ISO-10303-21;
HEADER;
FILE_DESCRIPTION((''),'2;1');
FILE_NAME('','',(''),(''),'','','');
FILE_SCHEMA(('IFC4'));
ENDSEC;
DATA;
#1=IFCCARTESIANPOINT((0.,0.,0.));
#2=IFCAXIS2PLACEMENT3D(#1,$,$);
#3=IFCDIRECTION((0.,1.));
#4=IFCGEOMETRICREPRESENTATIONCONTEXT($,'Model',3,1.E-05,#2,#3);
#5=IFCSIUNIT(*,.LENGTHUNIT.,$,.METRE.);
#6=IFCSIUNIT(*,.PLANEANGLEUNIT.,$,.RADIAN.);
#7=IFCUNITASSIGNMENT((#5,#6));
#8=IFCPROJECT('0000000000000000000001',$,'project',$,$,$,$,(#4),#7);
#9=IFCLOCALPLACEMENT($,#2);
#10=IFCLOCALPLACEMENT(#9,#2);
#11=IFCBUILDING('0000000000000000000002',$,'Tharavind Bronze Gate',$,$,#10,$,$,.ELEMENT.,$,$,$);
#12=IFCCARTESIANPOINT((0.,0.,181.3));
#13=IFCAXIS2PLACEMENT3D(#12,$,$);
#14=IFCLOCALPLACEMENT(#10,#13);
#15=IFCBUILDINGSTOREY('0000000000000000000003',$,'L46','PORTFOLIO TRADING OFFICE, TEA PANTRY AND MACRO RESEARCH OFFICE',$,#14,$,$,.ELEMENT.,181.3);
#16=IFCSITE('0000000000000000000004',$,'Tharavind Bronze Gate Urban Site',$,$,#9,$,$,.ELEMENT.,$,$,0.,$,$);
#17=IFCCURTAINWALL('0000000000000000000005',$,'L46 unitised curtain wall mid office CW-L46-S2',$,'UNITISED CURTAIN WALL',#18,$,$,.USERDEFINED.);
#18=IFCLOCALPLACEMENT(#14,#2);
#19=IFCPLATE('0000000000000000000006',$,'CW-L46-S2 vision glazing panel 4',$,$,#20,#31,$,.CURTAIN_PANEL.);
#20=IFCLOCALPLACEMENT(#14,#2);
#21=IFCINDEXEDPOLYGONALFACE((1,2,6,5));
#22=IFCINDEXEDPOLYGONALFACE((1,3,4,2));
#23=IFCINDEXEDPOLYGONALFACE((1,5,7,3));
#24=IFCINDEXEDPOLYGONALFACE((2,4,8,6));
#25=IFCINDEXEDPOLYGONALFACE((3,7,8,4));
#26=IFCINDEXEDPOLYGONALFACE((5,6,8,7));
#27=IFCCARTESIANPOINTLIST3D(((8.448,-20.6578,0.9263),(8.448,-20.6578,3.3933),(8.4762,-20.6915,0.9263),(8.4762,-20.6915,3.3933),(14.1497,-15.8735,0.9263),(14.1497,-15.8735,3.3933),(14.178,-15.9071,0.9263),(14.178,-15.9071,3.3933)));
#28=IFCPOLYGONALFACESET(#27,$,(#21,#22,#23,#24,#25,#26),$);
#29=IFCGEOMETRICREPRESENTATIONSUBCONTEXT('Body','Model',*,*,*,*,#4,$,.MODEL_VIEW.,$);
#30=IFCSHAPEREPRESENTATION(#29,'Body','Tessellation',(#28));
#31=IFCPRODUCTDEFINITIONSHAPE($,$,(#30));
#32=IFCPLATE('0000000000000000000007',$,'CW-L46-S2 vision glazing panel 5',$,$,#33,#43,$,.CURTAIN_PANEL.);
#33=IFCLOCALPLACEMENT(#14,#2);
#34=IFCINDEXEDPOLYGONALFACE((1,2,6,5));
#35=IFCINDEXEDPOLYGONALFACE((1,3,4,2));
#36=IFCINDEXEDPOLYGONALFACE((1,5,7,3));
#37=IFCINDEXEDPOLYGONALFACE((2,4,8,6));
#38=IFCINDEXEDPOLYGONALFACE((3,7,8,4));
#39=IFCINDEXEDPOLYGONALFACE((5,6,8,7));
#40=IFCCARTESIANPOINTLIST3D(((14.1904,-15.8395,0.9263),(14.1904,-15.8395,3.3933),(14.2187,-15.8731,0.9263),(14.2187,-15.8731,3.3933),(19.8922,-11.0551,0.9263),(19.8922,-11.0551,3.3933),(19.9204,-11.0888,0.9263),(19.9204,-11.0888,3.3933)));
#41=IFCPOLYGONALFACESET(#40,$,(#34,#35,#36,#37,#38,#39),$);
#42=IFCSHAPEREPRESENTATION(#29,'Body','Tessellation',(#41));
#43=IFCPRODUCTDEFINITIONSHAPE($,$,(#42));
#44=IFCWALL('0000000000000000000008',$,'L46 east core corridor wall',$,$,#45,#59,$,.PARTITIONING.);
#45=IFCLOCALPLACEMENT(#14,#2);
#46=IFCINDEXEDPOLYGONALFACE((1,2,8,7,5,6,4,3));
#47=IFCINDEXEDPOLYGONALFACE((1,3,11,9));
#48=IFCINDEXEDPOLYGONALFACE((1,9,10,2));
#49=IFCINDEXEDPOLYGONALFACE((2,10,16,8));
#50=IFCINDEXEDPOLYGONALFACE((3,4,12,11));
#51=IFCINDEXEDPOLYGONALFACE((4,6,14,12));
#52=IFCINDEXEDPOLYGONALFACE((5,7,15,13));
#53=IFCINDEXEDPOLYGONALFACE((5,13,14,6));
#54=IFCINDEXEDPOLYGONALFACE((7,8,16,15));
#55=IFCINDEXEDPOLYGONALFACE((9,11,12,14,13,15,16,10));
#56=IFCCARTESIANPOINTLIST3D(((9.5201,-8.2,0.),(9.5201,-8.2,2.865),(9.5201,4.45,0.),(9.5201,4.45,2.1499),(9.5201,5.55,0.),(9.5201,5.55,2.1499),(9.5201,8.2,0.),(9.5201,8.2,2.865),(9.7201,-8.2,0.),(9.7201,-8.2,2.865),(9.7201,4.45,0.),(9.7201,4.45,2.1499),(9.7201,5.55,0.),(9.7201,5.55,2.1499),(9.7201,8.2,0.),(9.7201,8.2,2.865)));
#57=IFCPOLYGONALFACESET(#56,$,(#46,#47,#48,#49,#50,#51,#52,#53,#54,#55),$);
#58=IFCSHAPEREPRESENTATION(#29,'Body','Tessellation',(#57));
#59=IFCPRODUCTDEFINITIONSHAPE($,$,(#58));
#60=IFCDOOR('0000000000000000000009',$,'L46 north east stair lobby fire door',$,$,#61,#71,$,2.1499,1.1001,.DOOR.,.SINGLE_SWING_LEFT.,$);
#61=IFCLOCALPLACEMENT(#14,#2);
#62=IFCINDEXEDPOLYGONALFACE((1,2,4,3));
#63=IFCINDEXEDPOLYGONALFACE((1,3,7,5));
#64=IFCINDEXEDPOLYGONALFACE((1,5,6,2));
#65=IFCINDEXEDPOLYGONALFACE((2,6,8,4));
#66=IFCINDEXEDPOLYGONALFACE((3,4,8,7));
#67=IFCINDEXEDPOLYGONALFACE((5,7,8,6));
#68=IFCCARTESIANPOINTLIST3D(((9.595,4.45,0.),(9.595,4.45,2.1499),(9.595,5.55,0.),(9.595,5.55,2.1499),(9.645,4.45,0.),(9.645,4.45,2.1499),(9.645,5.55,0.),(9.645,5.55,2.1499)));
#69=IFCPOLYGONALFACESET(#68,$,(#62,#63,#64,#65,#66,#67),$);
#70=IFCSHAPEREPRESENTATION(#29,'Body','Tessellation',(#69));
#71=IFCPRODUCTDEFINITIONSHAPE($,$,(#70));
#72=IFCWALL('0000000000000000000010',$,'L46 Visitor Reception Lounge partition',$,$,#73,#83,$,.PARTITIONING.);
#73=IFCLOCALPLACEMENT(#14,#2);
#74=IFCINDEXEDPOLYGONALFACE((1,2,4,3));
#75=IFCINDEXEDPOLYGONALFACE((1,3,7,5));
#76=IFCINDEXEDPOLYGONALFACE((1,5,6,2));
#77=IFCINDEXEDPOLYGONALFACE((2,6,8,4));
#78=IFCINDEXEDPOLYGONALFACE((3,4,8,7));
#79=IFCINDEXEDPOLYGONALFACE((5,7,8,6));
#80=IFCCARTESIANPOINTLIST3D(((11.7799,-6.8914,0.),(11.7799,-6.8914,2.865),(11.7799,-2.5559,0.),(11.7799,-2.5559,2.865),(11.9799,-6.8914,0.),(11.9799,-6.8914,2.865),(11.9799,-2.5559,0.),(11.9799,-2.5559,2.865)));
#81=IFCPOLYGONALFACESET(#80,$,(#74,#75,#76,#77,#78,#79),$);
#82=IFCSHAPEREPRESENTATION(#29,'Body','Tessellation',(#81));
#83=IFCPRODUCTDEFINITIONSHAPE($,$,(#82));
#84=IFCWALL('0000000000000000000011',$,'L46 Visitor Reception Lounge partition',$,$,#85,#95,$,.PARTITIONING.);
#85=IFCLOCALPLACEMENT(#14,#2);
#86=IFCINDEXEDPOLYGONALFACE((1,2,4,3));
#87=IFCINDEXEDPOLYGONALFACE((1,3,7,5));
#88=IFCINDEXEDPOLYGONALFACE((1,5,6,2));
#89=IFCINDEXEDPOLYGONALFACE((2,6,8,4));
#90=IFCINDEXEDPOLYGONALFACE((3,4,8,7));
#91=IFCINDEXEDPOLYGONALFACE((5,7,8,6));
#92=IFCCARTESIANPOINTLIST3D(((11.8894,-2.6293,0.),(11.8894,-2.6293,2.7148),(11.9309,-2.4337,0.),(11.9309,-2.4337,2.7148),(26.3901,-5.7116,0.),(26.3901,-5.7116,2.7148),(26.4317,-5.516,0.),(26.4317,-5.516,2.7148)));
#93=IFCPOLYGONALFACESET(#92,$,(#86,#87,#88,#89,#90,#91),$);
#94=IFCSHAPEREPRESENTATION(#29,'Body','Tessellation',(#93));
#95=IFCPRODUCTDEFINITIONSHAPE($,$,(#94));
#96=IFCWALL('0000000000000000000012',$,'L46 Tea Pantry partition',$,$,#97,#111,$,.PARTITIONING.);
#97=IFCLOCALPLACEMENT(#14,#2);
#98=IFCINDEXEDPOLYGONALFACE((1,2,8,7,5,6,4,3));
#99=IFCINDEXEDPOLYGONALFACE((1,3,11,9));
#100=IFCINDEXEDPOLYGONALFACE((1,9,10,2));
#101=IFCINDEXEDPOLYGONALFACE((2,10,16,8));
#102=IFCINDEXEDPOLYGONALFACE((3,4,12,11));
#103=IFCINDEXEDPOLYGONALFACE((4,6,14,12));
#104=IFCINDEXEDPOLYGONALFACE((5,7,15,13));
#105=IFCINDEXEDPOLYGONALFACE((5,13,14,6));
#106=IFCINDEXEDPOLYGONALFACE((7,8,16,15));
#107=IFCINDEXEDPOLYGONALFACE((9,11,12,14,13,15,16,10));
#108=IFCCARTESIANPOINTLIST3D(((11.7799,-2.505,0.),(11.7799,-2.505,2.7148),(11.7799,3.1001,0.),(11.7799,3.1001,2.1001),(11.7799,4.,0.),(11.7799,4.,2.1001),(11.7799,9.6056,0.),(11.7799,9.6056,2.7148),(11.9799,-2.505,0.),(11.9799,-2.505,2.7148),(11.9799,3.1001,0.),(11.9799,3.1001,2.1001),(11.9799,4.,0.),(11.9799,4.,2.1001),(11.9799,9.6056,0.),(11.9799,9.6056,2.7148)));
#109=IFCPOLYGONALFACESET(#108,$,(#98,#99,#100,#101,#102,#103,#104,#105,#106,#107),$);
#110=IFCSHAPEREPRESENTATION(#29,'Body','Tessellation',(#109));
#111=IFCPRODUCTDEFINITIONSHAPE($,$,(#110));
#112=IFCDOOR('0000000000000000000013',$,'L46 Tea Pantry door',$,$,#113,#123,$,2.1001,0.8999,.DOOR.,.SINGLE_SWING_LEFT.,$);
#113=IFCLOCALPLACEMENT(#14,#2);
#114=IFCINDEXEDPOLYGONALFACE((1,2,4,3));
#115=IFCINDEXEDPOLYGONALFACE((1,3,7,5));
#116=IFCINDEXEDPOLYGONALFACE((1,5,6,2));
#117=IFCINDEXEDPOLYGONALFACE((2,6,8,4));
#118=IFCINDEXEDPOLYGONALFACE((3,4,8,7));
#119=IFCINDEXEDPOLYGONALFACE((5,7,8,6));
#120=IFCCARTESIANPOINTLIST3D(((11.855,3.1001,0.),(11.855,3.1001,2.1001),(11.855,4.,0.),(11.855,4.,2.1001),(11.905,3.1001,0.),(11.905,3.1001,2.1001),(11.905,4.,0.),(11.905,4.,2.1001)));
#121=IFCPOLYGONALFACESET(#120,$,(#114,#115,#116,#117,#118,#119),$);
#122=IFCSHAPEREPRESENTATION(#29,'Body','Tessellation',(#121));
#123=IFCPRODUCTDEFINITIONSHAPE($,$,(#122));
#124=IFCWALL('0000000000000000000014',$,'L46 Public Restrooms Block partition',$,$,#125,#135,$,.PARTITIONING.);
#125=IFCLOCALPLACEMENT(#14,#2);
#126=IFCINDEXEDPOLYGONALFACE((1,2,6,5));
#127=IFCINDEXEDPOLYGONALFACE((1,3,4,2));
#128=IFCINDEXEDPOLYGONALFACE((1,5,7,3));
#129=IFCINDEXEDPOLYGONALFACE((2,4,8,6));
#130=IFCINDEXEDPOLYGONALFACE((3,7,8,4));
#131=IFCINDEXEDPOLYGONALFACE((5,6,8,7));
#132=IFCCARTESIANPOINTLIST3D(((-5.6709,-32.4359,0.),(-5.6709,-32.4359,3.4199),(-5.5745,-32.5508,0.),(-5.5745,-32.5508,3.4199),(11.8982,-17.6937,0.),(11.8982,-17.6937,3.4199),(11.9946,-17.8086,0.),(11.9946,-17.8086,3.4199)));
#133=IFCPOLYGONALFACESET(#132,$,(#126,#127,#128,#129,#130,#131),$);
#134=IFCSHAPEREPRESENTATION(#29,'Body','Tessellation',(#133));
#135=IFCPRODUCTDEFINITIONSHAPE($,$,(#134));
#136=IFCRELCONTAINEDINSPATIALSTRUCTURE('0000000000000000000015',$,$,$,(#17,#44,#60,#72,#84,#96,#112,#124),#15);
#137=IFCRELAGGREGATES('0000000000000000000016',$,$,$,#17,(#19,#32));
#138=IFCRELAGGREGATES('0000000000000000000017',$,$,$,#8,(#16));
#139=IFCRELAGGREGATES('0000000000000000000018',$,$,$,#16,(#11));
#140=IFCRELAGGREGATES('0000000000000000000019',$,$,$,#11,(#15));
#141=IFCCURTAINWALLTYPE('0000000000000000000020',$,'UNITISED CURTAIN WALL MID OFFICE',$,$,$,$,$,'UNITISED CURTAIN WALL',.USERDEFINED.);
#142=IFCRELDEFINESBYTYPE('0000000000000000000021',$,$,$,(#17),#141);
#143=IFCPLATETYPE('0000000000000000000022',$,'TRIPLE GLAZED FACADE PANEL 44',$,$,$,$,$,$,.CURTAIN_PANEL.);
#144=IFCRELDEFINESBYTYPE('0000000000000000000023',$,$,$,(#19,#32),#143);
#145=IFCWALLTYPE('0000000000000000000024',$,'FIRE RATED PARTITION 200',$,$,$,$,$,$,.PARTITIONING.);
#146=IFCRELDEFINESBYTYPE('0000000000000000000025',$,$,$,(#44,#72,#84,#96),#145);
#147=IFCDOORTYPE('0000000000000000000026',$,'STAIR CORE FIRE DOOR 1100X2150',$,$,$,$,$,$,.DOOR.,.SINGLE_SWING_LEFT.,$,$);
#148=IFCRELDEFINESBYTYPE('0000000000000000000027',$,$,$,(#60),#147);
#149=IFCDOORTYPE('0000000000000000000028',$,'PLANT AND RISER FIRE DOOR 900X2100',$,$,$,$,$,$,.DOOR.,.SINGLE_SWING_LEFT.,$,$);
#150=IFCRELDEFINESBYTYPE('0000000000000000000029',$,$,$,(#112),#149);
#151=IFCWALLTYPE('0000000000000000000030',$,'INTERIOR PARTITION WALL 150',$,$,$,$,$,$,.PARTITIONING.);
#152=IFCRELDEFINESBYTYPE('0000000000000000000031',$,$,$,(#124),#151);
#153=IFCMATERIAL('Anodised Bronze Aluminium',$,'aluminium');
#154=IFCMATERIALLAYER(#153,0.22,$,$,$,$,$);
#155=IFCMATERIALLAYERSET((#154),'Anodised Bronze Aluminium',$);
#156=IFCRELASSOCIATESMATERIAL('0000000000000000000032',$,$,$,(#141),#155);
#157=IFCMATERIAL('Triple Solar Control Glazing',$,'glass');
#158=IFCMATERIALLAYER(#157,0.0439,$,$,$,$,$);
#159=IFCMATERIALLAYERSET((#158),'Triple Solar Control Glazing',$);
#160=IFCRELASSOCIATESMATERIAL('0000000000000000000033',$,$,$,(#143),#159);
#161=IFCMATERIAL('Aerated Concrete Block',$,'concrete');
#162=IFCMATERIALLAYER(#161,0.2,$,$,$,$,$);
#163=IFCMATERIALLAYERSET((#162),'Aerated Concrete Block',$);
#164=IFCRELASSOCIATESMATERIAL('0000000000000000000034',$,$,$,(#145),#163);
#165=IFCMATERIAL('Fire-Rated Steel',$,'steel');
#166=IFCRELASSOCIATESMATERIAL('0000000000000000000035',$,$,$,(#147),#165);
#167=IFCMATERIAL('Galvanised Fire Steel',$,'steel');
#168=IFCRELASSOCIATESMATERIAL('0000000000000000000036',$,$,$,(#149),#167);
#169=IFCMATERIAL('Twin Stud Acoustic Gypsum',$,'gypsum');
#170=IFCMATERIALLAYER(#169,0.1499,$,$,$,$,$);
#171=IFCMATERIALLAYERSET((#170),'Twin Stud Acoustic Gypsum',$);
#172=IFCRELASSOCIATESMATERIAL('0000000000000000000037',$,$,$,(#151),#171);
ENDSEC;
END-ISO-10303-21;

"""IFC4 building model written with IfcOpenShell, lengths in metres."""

from ifc_helpers import new_model, si_unit, direction, frame, frame_2d, origin, origin_2d, place, context, subcontext, project, spatial, rectangle, extrude, material, layer, layer_set, type_object, element, fill, aggregate, save


model = new_model("IFC4")

# Units and contexts
model_context = context("Model", 3, precision=1e-05, world=origin(), true_north=direction((0.0, 1.0)))
body_context = subcontext(model_context, "Body", "Model", "MODEL_VIEW")
ifc_project = project(units=[si_unit("LENGTHUNIT", "METRE"), si_unit("PLANEANGLEUNIT", "RADIAN")], contexts=[model_context])

# Site, building, storey
site_placement = place(None, origin())
site = spatial("IfcSite", under=ifc_project, at=site_placement, Name="Tharavind Bronze Gate Urban Site", CompositionType="ELEMENT", RefElevation=0.0)
building_placement = place(site_placement, origin())
building = spatial("IfcBuilding", under=site, at=building_placement, Name="Tharavind Bronze Gate", CompositionType="ELEMENT")
storey_placement = place(building_placement, frame((0.0, 0.0, 181.3)))
storey = spatial("IfcBuildingStorey", under=building, at=storey_placement, Name="L46", Description="PORTFOLIO TRADING OFFICE, TEA PANTRY AND MACRO RESEARCH OFFICE", CompositionType="ELEMENT", Elevation=181.3)

# Curtain wall
ifc_material_1 = material(Name="Anodised Bronze Aluminium", Category="aluminium")
ifc_layer_1 = layer(ifc_material_1, 0.22)
ifc_layer_set_1 = layer_set([ifc_layer_1], Name="Anodised Bronze Aluminium")
curtain_wall_type = type_object("IfcCurtainWallType", Name="UNITISED CURTAIN WALL MID OFFICE", ElementType="UNITISED CURTAIN WALL", PredefinedType="USERDEFINED", material=ifc_layer_set_1)
curtain_wall_placement = place(storey_placement, origin())
curtain_wall = element("IfcCurtainWall", 1, at=curtain_wall_placement, inside=storey, type_object=curtain_wall_type, Name="L46 unitised curtain wall mid office CW-L46-S2", ObjectType="UNITISED CURTAIN WALL", PredefinedType="USERDEFINED")

# Plates
ifc_material_2 = material(Name="Triple Solar Control Glazing", Category="glass")
ifc_layer_2 = layer(ifc_material_2, 0.0439)
ifc_layer_set_2 = layer_set([ifc_layer_2], Name="Triple Solar Control Glazing")
plate_type_1 = type_object("IfcPlateType", Name="TRIPLE GLAZED FACADE PANEL 44", PredefinedType="CURTAIN_PANEL", material=ifc_layer_set_2)
plate_1_placement = place(storey_placement, frame((11.313, -18.2825, 0.9263), z_axis=(0.0, 0.0, 1.0), x_axis=(0.766043, 0.642789, 0.0)))
plate_1 = element("IfcPlate", 2, at=plate_1_placement, type_object=plate_type_1, Name="CW-L46-S2 vision glazing panel 4", PredefinedType="CURTAIN_PANEL", context=body_context, shape_type="SweptSolid", body=[
    extrude(rectangle(XDim=7.4431, YDim=0.0439, at=origin_2d()), origin(), (0.0, 0.0, 1.0), 2.467),
])
plate_2_placement = place(storey_placement, frame((17.0554, -13.4641, 0.9263), z_axis=(0.0, 0.0, 1.0), x_axis=(0.766043, 0.642789, 0.0)))
plate_2 = element("IfcPlate", 3, at=plate_2_placement, type_object=plate_type_1, Name="CW-L46-S2 vision glazing panel 5", PredefinedType="CURTAIN_PANEL", context=body_context, shape_type="SweptSolid", body=[
    extrude(rectangle(XDim=7.4431, YDim=0.0439, at=origin_2d()), origin(), (0.0, 0.0, 1.0), 2.467),
])
aggregate(curtain_wall, [plate_1, plate_2])

# Wall, opening, door
ifc_material_3 = material(Name="Aerated Concrete Block", Category="concrete")
ifc_layer_3 = layer(ifc_material_3, 0.2)
ifc_layer_set_3 = layer_set([ifc_layer_3], Name="Aerated Concrete Block")
wall_type_1 = type_object("IfcWallType", Name="FIRE RATED PARTITION 200", PredefinedType="PARTITIONING", material=ifc_layer_set_3)
wall_1_placement = place(storey_placement, frame((9.6201, -8.2, 0.0), z_axis=(0.0, 0.0, 1.0), x_axis=(0.0, 1.0, 0.0)))
wall_1 = element("IfcWall", 4, at=wall_1_placement, inside=storey, type_object=wall_type_1, Name="L46 east core corridor wall", PredefinedType="PARTITIONING", context=body_context, shape_type="SweptSolid", body=[
    extrude(rectangle(XDim=16.3999, YDim=0.2, at=frame_2d((8.2, 0.0))), origin(), (0.0, 0.0, 1.0), 2.865),
])
opening_1_placement = place(wall_1_placement, frame((12.6499, 0.0, 0.0)))
opening_1 = element("IfcOpeningElement", 5, at=opening_1_placement, cuts=wall_1, PredefinedType="OPENING", context=body_context, shape_type="SweptSolid", body=[
    extrude(rectangle(XDim=1.1001, YDim=2.1499, at=frame_2d((0.55, 1.075))), frame((0.0, 0.1101, 0.0), z_axis=(0.0, -1.0, 0.0), x_axis=(1.0, 0.0, 0.0)), (0.0, 0.0, 1.0), 0.22),
])
ifc_material_4 = material(Name="Fire-Rated Steel", Category="steel")
door_type_1 = type_object("IfcDoorType", Name="STAIR CORE FIRE DOOR 1100X2150", OperationType="SINGLE_SWING_LEFT", PredefinedType="DOOR", material=ifc_material_4)
door_1_placement = place(opening_1_placement, frame((1.1001, 0.0, 0.0), z_axis=(0.0, 0.0, 1.0), x_axis=(-1.0, 0.0, 0.0)))
door_1 = element("IfcDoor", 6, at=door_1_placement, inside=storey, type_object=door_type_1, Name="L46 north east stair lobby fire door", OperationType="SINGLE_SWING_LEFT", OverallHeight=2.1499, OverallWidth=1.1001, PredefinedType="DOOR", context=body_context, shape_type="SweptSolid", body=[
    extrude(rectangle(XDim=1.1001, YDim=2.1499, at=frame_2d((0.55, 1.075))), frame((0.0, 0.0249, 0.0), z_axis=(0.0, -1.0, 0.0), x_axis=(1.0, 0.0, 0.0)), (0.0, 0.0, 1.0), 0.05),
])
fill(opening_1, door_1)

# Walls
wall_2_placement = place(storey_placement, frame((11.8799, -6.8914, 0.0), z_axis=(0.0, 0.0, 1.0), x_axis=(0.0, 1.0, 0.0)))
element("IfcWall", 7, at=wall_2_placement, inside=storey, type_object=wall_type_1, Name="L46 Visitor Reception Lounge partition", PredefinedType="PARTITIONING", context=body_context, shape_type="SweptSolid", body=[
    extrude(rectangle(XDim=4.3354, YDim=0.2, at=frame_2d((2.1677, 0.0))), origin(), (0.0, 0.0, 1.0), 2.865),
])
wall_3_placement = place(storey_placement, frame((11.9102, -2.5315, 0.0), z_axis=(0.0, 0.0, 1.0), x_axis=(0.978147, -0.207915, 0.0)))
element("IfcWall", 8, at=wall_3_placement, inside=storey, type_object=wall_type_1, Name="L46 Visitor Reception Lounge partition", PredefinedType="PARTITIONING", context=body_context, shape_type="SweptSolid", body=[
    extrude(rectangle(XDim=14.8247, YDim=0.2, at=frame_2d((7.4124, 0.0))), origin(), (0.0, 0.0, 1.0), 2.7148),
])

# Wall, opening, door
wall_4_placement = place(storey_placement, frame((11.8799, -2.5049, 0.0), z_axis=(0.0, 0.0, 1.0), x_axis=(0.0, 1.0, 0.0)))
wall_4 = element("IfcWall", 9, at=wall_4_placement, inside=storey, type_object=wall_type_1, Name="L46 Tea Pantry partition", PredefinedType="PARTITIONING", context=body_context, shape_type="SweptSolid", body=[
    extrude(rectangle(XDim=12.1106, YDim=0.2, at=frame_2d((6.0552, 0.0))), origin(), (0.0, 0.0, 1.0), 2.7148),
])
opening_2_placement = place(wall_4_placement, frame((5.605, 0.0, 0.0)))
opening_2 = element("IfcOpeningElement", 10, at=opening_2_placement, cuts=wall_4, PredefinedType="OPENING", context=body_context, shape_type="SweptSolid", body=[
    extrude(rectangle(XDim=0.8999, YDim=2.1001, at=frame_2d((0.45, 1.05))), frame((0.0, 0.1101, 0.0), z_axis=(0.0, -1.0, 0.0), x_axis=(1.0, 0.0, 0.0)), (0.0, 0.0, 1.0), 0.22),
])
ifc_material_5 = material(Name="Galvanised Fire Steel", Category="steel")
door_type_2 = type_object("IfcDoorType", Name="PLANT AND RISER FIRE DOOR 900X2100", OperationType="SINGLE_SWING_LEFT", PredefinedType="DOOR", material=ifc_material_5)
door_2_placement = place(opening_2_placement, origin())
door_2 = element("IfcDoor", 11, at=door_2_placement, inside=storey, type_object=door_type_2, Name="L46 Tea Pantry door", OperationType="SINGLE_SWING_LEFT", OverallHeight=2.1001, OverallWidth=0.8999, PredefinedType="DOOR", context=body_context, shape_type="SweptSolid", body=[
    extrude(rectangle(XDim=0.8999, YDim=2.1001, at=frame_2d((0.45, 1.05))), frame((0.0, 0.0249, 0.0), z_axis=(0.0, -1.0, 0.0), x_axis=(1.0, 0.0, 0.0)), (0.0, 0.0, 1.0), 0.05),
])
fill(opening_2, door_2)

# Wall
ifc_material_6 = material(Name="Twin Stud Acoustic Gypsum", Category="gypsum")
ifc_layer_4 = layer(ifc_material_6, 0.1499)
ifc_layer_set_4 = layer_set([ifc_layer_4], Name="Twin Stud Acoustic Gypsum")
wall_type_2 = type_object("IfcWallType", Name="INTERIOR PARTITION WALL 150", PredefinedType="PARTITIONING", material=ifc_layer_set_4)
wall_5_placement = place(storey_placement, frame((11.9463, -17.7512, 0.0), z_axis=(0.0, 0.0, 1.0), x_axis=(-0.766045, -0.642787, 0.0)))
element("IfcWall", 12, at=wall_5_placement, inside=storey, type_object=wall_type_2, Name="L46 Public Restrooms Block partition", PredefinedType="PARTITIONING", context=body_context, shape_type="SweptSolid", body=[
    extrude(rectangle(XDim=22.9348, YDim=0.1499, at=frame_2d((11.4673, 0.0))), origin(), (0.0, 0.0, 1.0), 3.4199),
])

save(model, "model.ifc")
